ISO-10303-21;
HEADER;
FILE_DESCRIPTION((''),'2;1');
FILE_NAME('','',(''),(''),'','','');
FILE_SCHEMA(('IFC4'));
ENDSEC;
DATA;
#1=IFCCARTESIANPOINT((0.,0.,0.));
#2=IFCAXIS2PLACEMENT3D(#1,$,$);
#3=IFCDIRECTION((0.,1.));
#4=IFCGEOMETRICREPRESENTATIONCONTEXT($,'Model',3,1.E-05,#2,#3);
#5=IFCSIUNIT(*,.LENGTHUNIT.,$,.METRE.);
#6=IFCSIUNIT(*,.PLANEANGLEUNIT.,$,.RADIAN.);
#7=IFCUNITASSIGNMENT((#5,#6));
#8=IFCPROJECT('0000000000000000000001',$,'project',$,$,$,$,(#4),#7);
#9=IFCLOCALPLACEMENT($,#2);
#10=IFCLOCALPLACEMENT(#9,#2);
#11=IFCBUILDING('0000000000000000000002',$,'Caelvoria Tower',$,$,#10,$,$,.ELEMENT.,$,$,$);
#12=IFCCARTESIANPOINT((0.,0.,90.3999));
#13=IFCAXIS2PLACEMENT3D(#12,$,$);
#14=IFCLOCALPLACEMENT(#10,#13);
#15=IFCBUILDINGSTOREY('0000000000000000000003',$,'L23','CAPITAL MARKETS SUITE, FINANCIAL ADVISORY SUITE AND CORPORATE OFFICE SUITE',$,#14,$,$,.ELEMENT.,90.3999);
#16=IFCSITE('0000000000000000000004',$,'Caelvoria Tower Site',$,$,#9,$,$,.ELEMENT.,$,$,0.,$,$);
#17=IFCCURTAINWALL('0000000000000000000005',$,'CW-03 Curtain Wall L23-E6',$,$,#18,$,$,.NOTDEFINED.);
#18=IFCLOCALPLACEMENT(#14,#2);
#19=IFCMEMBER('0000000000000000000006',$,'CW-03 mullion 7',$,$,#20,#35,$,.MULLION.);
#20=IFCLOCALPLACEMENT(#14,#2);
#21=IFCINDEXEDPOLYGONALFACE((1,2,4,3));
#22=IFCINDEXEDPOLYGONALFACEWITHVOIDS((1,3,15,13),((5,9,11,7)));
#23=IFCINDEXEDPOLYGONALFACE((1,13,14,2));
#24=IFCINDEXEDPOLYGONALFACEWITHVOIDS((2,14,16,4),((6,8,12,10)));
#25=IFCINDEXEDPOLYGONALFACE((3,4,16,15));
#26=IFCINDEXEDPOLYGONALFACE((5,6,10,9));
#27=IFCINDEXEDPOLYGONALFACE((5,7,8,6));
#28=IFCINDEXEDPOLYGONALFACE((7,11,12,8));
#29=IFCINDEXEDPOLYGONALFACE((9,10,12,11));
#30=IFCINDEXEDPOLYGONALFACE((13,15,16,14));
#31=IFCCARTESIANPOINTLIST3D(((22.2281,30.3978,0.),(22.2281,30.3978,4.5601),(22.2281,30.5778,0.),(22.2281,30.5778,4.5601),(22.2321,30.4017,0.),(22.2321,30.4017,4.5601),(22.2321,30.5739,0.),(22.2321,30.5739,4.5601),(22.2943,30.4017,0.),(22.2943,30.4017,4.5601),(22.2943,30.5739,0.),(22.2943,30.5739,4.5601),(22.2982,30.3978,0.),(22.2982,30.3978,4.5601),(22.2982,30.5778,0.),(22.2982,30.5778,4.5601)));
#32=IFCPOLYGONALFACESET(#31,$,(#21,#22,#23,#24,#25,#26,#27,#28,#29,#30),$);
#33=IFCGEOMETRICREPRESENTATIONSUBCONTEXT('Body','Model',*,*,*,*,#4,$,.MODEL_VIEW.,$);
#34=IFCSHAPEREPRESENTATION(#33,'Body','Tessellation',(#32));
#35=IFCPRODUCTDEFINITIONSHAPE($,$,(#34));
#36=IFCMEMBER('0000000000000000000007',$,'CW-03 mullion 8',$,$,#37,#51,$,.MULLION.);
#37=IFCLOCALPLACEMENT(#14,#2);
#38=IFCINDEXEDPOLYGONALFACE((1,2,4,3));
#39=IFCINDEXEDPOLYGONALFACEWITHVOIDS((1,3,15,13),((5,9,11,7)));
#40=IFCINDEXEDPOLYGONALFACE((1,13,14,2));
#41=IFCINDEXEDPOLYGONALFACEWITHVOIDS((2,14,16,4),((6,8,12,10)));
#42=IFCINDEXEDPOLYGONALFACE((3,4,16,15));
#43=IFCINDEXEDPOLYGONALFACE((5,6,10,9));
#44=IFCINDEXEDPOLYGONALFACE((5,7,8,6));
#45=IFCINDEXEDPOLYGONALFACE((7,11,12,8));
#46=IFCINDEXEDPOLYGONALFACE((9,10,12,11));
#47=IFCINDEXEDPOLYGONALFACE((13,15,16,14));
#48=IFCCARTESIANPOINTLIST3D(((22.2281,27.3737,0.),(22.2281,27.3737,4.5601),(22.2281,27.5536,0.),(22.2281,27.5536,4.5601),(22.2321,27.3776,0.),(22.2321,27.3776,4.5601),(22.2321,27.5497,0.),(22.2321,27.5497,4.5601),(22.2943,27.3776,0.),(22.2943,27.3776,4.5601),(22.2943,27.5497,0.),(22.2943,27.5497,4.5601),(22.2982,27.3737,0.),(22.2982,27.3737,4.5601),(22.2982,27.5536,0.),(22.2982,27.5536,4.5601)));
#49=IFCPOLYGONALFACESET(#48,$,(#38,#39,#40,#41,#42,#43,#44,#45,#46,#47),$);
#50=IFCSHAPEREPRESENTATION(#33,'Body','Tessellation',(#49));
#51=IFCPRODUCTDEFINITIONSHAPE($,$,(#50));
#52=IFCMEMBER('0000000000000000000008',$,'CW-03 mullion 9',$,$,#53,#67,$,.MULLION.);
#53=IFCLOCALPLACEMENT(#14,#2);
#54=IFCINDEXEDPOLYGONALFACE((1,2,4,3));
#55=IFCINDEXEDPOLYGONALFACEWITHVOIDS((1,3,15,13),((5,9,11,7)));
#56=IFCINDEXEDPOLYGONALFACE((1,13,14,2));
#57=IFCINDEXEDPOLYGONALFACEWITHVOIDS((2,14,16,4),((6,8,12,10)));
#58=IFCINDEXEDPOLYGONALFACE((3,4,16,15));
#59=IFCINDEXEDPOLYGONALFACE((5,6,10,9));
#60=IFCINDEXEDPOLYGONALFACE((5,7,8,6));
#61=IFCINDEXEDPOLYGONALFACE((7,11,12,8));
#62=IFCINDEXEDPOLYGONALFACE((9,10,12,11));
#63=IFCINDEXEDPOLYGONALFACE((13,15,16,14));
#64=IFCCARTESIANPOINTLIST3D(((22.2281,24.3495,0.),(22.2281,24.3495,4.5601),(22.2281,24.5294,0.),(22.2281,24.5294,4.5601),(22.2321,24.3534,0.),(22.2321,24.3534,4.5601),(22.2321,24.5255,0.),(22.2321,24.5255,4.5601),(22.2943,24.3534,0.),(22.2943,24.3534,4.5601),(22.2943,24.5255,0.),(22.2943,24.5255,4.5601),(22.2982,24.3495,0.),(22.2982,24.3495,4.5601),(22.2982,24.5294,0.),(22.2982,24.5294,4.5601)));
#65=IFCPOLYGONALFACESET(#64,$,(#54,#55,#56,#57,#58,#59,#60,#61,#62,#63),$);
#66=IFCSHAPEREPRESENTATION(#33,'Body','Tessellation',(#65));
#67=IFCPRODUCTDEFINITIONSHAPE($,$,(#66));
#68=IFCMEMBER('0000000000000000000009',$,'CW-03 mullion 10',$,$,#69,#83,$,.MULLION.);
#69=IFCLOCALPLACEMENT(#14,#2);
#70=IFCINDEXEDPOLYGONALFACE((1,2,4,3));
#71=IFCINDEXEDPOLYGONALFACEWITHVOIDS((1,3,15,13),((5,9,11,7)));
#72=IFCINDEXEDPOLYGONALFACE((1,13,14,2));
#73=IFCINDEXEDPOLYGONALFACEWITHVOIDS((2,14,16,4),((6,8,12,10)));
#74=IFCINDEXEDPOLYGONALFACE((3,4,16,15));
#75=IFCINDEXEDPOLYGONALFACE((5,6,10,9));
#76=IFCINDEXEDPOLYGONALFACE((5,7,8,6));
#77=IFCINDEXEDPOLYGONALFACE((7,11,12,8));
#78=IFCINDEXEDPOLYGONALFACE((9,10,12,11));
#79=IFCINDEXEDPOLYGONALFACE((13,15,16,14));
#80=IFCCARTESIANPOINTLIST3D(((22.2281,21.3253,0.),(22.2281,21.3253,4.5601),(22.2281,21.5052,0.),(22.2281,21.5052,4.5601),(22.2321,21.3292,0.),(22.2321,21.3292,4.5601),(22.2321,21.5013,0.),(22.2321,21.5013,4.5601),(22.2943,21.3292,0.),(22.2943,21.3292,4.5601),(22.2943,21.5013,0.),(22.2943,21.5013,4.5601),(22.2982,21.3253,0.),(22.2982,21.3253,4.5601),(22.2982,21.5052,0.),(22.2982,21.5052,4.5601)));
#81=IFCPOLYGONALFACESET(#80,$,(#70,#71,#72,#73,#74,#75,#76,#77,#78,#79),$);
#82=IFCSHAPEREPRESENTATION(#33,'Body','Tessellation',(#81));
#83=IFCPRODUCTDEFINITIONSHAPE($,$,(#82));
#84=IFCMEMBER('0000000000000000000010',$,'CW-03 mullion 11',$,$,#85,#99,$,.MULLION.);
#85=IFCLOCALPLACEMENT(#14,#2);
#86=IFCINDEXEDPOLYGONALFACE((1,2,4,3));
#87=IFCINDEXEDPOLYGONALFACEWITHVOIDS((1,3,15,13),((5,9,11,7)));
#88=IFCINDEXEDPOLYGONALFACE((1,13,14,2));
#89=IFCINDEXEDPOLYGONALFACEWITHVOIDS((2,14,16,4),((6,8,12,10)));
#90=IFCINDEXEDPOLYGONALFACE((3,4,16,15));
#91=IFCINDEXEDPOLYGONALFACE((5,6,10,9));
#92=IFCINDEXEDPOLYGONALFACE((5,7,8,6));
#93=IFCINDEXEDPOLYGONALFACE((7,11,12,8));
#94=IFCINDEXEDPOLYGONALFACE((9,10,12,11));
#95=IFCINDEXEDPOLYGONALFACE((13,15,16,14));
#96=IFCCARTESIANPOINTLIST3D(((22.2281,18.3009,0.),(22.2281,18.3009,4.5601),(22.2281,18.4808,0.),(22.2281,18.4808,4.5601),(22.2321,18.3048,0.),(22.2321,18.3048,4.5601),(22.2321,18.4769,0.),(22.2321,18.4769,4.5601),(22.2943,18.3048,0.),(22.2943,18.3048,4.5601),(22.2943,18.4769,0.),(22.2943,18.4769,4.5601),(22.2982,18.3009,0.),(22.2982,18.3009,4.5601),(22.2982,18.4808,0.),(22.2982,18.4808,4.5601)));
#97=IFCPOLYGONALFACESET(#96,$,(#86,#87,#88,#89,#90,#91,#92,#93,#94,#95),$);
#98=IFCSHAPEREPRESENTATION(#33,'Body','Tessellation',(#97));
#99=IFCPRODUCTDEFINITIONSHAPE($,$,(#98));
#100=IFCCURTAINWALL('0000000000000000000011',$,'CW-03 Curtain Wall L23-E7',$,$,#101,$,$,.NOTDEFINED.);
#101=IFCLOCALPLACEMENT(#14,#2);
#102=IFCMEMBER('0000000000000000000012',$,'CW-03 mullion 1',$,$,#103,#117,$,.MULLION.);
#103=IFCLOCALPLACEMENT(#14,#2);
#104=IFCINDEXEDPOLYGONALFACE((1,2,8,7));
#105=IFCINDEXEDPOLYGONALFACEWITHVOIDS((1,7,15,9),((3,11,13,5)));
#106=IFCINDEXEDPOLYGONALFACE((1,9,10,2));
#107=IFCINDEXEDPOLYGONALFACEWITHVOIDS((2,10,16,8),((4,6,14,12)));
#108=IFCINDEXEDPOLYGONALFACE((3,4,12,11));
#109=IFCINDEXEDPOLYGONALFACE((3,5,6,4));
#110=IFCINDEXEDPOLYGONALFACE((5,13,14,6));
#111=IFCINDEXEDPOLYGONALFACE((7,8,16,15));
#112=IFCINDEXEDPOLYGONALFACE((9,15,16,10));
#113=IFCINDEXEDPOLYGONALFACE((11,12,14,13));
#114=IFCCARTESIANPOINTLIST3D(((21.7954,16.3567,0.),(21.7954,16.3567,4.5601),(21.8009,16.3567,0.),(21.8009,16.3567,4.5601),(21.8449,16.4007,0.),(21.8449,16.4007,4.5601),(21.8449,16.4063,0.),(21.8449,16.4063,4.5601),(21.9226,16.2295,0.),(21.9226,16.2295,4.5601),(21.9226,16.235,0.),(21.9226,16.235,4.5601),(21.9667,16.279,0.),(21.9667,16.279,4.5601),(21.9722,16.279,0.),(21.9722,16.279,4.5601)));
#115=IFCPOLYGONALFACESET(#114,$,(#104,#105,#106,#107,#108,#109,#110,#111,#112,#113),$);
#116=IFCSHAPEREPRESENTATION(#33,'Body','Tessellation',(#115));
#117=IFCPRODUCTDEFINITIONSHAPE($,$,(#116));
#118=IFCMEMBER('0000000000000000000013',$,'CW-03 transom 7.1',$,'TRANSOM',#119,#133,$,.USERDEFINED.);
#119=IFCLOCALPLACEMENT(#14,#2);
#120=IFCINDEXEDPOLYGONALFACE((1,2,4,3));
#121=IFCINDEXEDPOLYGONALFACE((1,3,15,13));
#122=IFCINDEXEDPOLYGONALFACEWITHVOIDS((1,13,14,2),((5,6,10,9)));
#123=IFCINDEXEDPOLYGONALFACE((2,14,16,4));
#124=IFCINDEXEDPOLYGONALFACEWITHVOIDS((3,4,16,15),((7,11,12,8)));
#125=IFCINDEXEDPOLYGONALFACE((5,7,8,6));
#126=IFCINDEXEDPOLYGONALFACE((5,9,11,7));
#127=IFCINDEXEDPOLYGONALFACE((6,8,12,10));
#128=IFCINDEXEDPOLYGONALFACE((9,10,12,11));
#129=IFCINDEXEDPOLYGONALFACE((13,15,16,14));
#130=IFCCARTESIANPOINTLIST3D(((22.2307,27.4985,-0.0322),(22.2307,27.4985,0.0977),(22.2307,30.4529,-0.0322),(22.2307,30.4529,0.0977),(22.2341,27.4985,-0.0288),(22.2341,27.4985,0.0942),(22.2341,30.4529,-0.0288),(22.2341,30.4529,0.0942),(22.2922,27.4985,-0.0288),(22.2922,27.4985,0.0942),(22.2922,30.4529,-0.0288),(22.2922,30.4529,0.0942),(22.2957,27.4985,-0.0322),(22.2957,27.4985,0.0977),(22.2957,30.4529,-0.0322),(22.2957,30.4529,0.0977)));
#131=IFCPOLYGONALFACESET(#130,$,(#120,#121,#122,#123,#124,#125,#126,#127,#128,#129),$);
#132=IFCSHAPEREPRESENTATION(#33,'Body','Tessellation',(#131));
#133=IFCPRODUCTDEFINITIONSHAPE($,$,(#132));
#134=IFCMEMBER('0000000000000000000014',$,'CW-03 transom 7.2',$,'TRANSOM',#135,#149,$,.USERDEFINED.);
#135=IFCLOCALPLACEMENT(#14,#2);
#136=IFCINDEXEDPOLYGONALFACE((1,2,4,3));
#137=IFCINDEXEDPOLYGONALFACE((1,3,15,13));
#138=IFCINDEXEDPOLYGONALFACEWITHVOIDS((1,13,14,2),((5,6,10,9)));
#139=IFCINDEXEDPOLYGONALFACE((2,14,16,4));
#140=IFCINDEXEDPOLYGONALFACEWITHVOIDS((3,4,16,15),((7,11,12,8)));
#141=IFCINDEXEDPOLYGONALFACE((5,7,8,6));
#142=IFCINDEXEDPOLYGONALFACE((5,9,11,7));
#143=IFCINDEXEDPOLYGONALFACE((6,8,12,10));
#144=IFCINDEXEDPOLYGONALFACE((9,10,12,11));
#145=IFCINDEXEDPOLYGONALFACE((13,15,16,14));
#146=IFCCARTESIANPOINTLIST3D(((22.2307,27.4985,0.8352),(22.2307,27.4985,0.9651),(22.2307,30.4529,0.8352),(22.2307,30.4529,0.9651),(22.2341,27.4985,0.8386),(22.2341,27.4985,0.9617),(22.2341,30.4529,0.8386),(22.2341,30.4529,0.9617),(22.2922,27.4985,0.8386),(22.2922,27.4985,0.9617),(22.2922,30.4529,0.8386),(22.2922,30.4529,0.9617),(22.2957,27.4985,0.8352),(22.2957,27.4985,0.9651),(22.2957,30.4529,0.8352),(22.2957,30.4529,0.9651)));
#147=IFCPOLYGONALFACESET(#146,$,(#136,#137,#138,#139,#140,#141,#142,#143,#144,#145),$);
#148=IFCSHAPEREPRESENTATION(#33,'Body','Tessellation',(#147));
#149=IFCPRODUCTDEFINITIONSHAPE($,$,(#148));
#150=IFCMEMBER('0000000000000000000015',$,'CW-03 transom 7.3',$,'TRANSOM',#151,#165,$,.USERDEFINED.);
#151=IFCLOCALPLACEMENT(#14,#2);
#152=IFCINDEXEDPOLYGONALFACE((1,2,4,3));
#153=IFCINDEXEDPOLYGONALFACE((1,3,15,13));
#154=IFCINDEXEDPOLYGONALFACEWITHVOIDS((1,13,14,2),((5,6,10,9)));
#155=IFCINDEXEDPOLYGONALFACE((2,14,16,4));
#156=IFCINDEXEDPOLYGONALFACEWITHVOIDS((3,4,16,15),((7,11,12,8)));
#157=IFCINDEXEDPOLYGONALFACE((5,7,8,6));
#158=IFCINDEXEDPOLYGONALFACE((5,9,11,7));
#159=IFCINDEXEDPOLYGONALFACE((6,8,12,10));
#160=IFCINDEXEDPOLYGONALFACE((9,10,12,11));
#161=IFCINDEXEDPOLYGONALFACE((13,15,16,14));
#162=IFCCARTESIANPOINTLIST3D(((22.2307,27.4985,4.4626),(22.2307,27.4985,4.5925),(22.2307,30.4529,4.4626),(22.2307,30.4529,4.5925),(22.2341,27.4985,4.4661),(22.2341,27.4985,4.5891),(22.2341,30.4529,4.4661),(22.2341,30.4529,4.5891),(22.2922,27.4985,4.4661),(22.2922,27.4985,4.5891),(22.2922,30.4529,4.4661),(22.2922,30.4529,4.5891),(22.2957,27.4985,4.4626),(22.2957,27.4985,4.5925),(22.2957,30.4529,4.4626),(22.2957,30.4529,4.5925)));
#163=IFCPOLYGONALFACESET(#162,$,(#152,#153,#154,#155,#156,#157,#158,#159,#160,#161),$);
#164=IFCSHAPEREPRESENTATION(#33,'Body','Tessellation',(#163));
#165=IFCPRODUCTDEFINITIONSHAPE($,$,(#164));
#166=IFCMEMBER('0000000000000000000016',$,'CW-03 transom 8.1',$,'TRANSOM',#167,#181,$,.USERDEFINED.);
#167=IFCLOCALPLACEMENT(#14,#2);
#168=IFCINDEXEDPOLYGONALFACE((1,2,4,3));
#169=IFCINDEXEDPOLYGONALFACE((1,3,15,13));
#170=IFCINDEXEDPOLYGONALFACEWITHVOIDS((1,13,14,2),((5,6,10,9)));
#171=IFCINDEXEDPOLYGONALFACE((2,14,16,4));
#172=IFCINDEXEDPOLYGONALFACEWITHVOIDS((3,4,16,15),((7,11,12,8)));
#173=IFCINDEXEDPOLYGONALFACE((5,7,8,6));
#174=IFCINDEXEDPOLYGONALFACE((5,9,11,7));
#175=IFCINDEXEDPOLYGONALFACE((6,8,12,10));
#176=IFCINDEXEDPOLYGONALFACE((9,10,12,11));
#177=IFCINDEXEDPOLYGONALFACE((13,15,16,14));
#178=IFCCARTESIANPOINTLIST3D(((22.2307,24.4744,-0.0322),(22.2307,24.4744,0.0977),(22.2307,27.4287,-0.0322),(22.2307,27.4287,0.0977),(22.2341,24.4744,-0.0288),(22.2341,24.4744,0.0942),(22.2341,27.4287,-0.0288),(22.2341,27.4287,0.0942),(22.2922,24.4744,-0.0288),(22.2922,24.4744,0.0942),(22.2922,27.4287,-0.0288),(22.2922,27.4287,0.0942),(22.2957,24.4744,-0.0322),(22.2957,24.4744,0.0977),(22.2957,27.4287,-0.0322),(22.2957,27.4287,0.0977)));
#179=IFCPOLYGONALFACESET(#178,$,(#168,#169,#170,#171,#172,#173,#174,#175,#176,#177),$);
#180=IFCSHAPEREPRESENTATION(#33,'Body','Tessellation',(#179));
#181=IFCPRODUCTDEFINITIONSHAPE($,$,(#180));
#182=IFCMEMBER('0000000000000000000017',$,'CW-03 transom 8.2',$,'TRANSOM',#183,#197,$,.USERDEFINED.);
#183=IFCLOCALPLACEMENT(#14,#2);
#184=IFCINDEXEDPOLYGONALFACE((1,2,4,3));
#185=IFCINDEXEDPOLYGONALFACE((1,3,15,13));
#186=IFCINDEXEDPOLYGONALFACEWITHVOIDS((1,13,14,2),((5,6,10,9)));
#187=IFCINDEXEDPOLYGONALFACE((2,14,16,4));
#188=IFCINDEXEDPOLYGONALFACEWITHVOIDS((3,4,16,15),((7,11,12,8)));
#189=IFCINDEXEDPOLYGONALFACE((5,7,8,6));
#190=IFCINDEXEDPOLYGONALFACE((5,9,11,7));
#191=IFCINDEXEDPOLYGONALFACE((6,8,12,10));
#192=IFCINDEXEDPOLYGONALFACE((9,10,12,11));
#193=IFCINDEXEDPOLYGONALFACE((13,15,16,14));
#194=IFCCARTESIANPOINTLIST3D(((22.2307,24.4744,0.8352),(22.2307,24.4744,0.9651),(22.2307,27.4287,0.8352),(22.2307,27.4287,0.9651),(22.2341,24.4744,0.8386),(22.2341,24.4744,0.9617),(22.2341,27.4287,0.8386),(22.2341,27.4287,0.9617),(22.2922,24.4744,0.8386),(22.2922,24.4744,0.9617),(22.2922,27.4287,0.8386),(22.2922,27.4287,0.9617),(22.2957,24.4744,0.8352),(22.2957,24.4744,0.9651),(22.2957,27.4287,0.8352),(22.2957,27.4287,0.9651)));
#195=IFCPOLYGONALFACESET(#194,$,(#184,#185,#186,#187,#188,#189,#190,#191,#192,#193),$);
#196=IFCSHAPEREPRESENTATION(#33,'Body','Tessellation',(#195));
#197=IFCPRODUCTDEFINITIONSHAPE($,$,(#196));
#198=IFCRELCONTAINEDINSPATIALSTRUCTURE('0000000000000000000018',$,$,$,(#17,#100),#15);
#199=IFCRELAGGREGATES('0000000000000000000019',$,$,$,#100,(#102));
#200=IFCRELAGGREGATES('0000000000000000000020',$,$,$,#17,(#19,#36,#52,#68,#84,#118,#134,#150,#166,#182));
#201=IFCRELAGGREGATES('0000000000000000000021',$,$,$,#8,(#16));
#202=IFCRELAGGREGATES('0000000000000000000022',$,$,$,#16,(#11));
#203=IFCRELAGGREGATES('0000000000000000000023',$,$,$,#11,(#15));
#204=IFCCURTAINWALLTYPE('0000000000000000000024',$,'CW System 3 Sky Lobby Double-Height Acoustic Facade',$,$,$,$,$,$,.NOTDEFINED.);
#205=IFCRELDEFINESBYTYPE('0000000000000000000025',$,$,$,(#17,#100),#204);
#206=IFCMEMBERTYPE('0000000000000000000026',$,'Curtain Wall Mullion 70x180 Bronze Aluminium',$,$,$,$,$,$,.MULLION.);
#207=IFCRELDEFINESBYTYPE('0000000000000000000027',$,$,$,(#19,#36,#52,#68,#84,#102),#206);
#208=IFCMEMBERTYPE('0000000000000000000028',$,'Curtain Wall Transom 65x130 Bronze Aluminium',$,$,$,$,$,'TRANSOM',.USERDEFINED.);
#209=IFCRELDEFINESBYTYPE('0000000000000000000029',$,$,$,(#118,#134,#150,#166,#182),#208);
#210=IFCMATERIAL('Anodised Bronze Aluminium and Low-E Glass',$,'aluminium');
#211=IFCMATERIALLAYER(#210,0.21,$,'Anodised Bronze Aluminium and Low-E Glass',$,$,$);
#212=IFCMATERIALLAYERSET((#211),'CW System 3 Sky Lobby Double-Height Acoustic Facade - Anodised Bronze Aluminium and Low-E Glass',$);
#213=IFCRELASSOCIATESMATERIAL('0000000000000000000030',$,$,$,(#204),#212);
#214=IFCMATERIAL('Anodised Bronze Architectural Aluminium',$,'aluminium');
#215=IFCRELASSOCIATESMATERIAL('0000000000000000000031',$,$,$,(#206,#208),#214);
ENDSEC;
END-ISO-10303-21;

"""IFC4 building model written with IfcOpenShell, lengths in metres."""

from ifc_helpers import new_model, si_unit, direction, frame, origin, origin_2d, place, context, subcontext, project, spatial, hollow_rectangle, extrude, material, layer, layer_set, material_profile, profile_set, type_object, element, aggregate, save


model = new_model("IFC4")

# Units and contexts
model_context = context("Model", 3, precision=1e-05, world=origin(), true_north=direction((0.0, 1.0)))
body_context = subcontext(model_context, "Body", "Model", "MODEL_VIEW")
ifc_project = project(units=[si_unit("LENGTHUNIT", "METRE"), si_unit("PLANEANGLEUNIT", "RADIAN")], contexts=[model_context])

# Site, building, storey
site_placement = place(None, origin())
site = spatial("IfcSite", under=ifc_project, at=site_placement, Name="Caelvoria Tower Site", CompositionType="ELEMENT", RefElevation=0.0)
building_placement = place(site_placement, origin())
building = spatial("IfcBuilding", under=site, at=building_placement, Name="Caelvoria Tower", CompositionType="ELEMENT")
storey_placement = place(building_placement, frame((0.0, 0.0, 90.3999)))
storey = spatial("IfcBuildingStorey", under=building, at=storey_placement, Name="L23", Description="CAPITAL MARKETS SUITE, FINANCIAL ADVISORY SUITE AND CORPORATE OFFICE SUITE", CompositionType="ELEMENT", Elevation=90.3999)

# Curtain wall, members
ifc_material_1 = material(Name="Anodised Bronze Aluminium and Low-E Glass", Category="aluminium")
ifc_layer_1 = layer(ifc_material_1, 0.21, Name="Anodised Bronze Aluminium and Low-E Glass")
ifc_layer_set_1 = layer_set([ifc_layer_1], Name="CW System 3 Sky Lobby Double-Height Acoustic Facade - Anodised Bronze Aluminium and Low-E Glass")
curtain_wall_type = type_object("IfcCurtainWallType", Name="CW System 3 Sky Lobby Double-Height Acoustic Facade", PredefinedType="NOTDEFINED", material=ifc_layer_set_1)
curtain_wall_1_placement = place(storey_placement, origin())
curtain_wall_1 = element("IfcCurtainWall", 1, at=curtain_wall_1_placement, inside=storey, type_object=curtain_wall_type, Name="CW-03 Curtain Wall L23-E6", PredefinedType="NOTDEFINED")
ifc_material_2 = material(Name="Anodised Bronze Architectural Aluminium", Category="aluminium")
ifc_material_profile_1 = material_profile(ifc_material_2, hollow_rectangle(XDim=0.0701, YDim=0.1799, WallThickness=0.0039, at=origin_2d()), Name="Anodised Bronze Architectural Aluminium")
ifc_profile_set_1 = profile_set([ifc_material_profile_1], Name="CW_MULL_70X180 - Anodised Bronze Architectural Aluminium")
member_type_1 = type_object("IfcMemberType", Name="Curtain Wall Mullion 70x180 Bronze Aluminium", PredefinedType="MULLION", material=ifc_profile_set_1)
member_1_placement = place(storey_placement, frame((22.2632, 30.4878, 0.0), z_axis=(0.0, 0.0, 1.0), x_axis=(1.0, 0.0, 0.0)))
member_1 = element("IfcMember", 2, at=member_1_placement, type_object=member_type_1, Name="CW-03 mullion 7", PredefinedType="MULLION", context=body_context, shape_type="SweptSolid", body=[
    extrude(hollow_rectangle(XDim=0.0701, YDim=0.1799, WallThickness=0.0039, at=origin_2d()), origin(), (0.0, 0.0, 1.0), 4.5601),
])
member_2_placement = place(storey_placement, frame((22.2632, 27.4636, 0.0), z_axis=(0.0, 0.0, 1.0), x_axis=(1.0, 0.0, 0.0)))
member_2 = element("IfcMember", 3, at=member_2_placement, type_object=member_type_1, Name="CW-03 mullion 8", PredefinedType="MULLION", context=body_context, shape_type="SweptSolid", body=[
    extrude(hollow_rectangle(XDim=0.0701, YDim=0.1799, WallThickness=0.0039, at=origin_2d()), origin(), (0.0, 0.0, 1.0), 4.5601),
])
member_3_placement = place(storey_placement, frame((22.2632, 24.4395, 0.0), z_axis=(0.0, 0.0, 1.0), x_axis=(1.0, 0.0, 0.0)))
member_3 = element("IfcMember", 4, at=member_3_placement, type_object=member_type_1, Name="CW-03 mullion 9", PredefinedType="MULLION", context=body_context, shape_type="SweptSolid", body=[
    extrude(hollow_rectangle(XDim=0.0701, YDim=0.1799, WallThickness=0.0039, at=origin_2d()), origin(), (0.0, 0.0, 1.0), 4.5601),
])
member_4_placement = place(storey_placement, frame((22.2632, 21.4153, 0.0), z_axis=(0.0, 0.0, 1.0), x_axis=(1.0, 0.0, 0.0)))
member_4 = element("IfcMember", 5, at=member_4_placement, type_object=member_type_1, Name="CW-03 mullion 10", PredefinedType="MULLION", context=body_context, shape_type="SweptSolid", body=[
    extrude(hollow_rectangle(XDim=0.0701, YDim=0.1799, WallThickness=0.0039, at=origin_2d()), origin(), (0.0, 0.0, 1.0), 4.5601),
])
member_5_placement = place(storey_placement, frame((22.2632, 18.3909, 0.0), z_axis=(0.0, 0.0, 1.0), x_axis=(1.0, 0.0, 0.0)))
member_5 = element("IfcMember", 6, at=member_5_placement, type_object=member_type_1, Name="CW-03 mullion 11", PredefinedType="MULLION", context=body_context, shape_type="SweptSolid", body=[
    extrude(hollow_rectangle(XDim=0.0701, YDim=0.1799, WallThickness=0.0039, at=origin_2d()), origin(), (0.0, 0.0, 1.0), 4.5601),
])

# Curtain wall, member
curtain_wall_2_placement = place(storey_placement, origin())
curtain_wall_2 = element("IfcCurtainWall", 7, at=curtain_wall_2_placement, inside=storey, type_object=curtain_wall_type, Name="CW-03 Curtain Wall L23-E7", PredefinedType="NOTDEFINED")
member_6_placement = place(storey_placement, frame((21.8838, 16.3179, 0.0), z_axis=(0.0, 0.0, 1.0), x_axis=(0.707107, 0.707107, 0.0)))
member_6 = element("IfcMember", 8, at=member_6_placement, type_object=member_type_1, Name="CW-03 mullion 1", PredefinedType="MULLION", context=body_context, shape_type="SweptSolid", body=[
    extrude(hollow_rectangle(XDim=0.0701, YDim=0.1799, WallThickness=0.0039, at=origin_2d()), origin(), (0.0, 0.0, 1.0), 4.5601),
])
aggregate(curtain_wall_2, [member_6])

# Members
ifc_material_profile_2 = material_profile(ifc_material_2, hollow_rectangle(XDim=0.0649, YDim=0.1299, WallThickness=0.0034, at=origin_2d()), Name="Anodised Bronze Architectural Aluminium")
ifc_profile_set_2 = profile_set([ifc_material_profile_2], Name="CW_TRAN_65X130 - Anodised Bronze Architectural Aluminium")
member_type_2 = type_object("IfcMemberType", Name="Curtain Wall Transom 65x130 Bronze Aluminium", ElementType="TRANSOM", PredefinedType="USERDEFINED", material=ifc_profile_set_2)
member_7_placement = place(storey_placement, frame((22.2632, 30.4529, 0.0327), z_axis=(0.0, -1.0, 0.0), x_axis=(1.0, 0.0, 0.0)))
member_7 = element("IfcMember", 9, at=member_7_placement, type_object=member_type_2, Name="CW-03 transom 7.1", ObjectType="TRANSOM", PredefinedType="USERDEFINED", context=body_context, shape_type="SweptSolid", body=[
    extrude(hollow_rectangle(XDim=0.0649, YDim=0.1299, WallThickness=0.0034, at=origin_2d()), origin(), (0.0, 0.0, 1.0), 2.9543),
])
member_8_placement = place(storey_placement, frame((22.2632, 30.4529, 0.9001), z_axis=(0.0, -1.0, 0.0), x_axis=(1.0, 0.0, 0.0)))
member_8 = element("IfcMember", 10, at=member_8_placement, type_object=member_type_2, Name="CW-03 transom 7.2", ObjectType="TRANSOM", PredefinedType="USERDEFINED", context=body_context, shape_type="SweptSolid", body=[
    extrude(hollow_rectangle(XDim=0.0649, YDim=0.1299, WallThickness=0.0034, at=origin_2d()), origin(), (0.0, 0.0, 1.0), 2.9543),
])
member_9_placement = place(storey_placement, frame((22.2632, 30.4529, 4.5276), z_axis=(0.0, -1.0, 0.0), x_axis=(1.0, 0.0, 0.0)))
member_9 = element("IfcMember", 11, at=member_9_placement, type_object=member_type_2, Name="CW-03 transom 7.3", ObjectType="TRANSOM", PredefinedType="USERDEFINED", context=body_context, shape_type="SweptSolid", body=[
    extrude(hollow_rectangle(XDim=0.0649, YDim=0.1299, WallThickness=0.0034, at=origin_2d()), origin(), (0.0, 0.0, 1.0), 2.9543),
])
member_10_placement = place(storey_placement, frame((22.2632, 27.4287, 0.0327), z_axis=(0.0, -1.0, 0.0), x_axis=(1.0, 0.0, 0.0)))
member_10 = element("IfcMember", 12, at=member_10_placement, type_object=member_type_2, Name="CW-03 transom 8.1", ObjectType="TRANSOM", PredefinedType="USERDEFINED", context=body_context, shape_type="SweptSolid", body=[
    extrude(hollow_rectangle(XDim=0.0649, YDim=0.1299, WallThickness=0.0034, at=origin_2d()), origin(), (0.0, 0.0, 1.0), 2.9543),
])
member_11_placement = place(storey_placement, frame((22.2632, 27.4287, 0.9001), z_axis=(0.0, -1.0, 0.0), x_axis=(1.0, 0.0, 0.0)))
member_11 = element("IfcMember", 13, at=member_11_placement, type_object=member_type_2, Name="CW-03 transom 8.2", ObjectType="TRANSOM", PredefinedType="USERDEFINED", context=body_context, shape_type="SweptSolid", body=[
    extrude(hollow_rectangle(XDim=0.0649, YDim=0.1299, WallThickness=0.0034, at=origin_2d()), origin(), (0.0, 0.0, 1.0), 2.9543),
])

aggregate(curtain_wall_1, [member_1, member_2, member_3, member_4, member_5, member_7, member_8, member_9, member_10, member_11])

save(model, "model.ifc")
